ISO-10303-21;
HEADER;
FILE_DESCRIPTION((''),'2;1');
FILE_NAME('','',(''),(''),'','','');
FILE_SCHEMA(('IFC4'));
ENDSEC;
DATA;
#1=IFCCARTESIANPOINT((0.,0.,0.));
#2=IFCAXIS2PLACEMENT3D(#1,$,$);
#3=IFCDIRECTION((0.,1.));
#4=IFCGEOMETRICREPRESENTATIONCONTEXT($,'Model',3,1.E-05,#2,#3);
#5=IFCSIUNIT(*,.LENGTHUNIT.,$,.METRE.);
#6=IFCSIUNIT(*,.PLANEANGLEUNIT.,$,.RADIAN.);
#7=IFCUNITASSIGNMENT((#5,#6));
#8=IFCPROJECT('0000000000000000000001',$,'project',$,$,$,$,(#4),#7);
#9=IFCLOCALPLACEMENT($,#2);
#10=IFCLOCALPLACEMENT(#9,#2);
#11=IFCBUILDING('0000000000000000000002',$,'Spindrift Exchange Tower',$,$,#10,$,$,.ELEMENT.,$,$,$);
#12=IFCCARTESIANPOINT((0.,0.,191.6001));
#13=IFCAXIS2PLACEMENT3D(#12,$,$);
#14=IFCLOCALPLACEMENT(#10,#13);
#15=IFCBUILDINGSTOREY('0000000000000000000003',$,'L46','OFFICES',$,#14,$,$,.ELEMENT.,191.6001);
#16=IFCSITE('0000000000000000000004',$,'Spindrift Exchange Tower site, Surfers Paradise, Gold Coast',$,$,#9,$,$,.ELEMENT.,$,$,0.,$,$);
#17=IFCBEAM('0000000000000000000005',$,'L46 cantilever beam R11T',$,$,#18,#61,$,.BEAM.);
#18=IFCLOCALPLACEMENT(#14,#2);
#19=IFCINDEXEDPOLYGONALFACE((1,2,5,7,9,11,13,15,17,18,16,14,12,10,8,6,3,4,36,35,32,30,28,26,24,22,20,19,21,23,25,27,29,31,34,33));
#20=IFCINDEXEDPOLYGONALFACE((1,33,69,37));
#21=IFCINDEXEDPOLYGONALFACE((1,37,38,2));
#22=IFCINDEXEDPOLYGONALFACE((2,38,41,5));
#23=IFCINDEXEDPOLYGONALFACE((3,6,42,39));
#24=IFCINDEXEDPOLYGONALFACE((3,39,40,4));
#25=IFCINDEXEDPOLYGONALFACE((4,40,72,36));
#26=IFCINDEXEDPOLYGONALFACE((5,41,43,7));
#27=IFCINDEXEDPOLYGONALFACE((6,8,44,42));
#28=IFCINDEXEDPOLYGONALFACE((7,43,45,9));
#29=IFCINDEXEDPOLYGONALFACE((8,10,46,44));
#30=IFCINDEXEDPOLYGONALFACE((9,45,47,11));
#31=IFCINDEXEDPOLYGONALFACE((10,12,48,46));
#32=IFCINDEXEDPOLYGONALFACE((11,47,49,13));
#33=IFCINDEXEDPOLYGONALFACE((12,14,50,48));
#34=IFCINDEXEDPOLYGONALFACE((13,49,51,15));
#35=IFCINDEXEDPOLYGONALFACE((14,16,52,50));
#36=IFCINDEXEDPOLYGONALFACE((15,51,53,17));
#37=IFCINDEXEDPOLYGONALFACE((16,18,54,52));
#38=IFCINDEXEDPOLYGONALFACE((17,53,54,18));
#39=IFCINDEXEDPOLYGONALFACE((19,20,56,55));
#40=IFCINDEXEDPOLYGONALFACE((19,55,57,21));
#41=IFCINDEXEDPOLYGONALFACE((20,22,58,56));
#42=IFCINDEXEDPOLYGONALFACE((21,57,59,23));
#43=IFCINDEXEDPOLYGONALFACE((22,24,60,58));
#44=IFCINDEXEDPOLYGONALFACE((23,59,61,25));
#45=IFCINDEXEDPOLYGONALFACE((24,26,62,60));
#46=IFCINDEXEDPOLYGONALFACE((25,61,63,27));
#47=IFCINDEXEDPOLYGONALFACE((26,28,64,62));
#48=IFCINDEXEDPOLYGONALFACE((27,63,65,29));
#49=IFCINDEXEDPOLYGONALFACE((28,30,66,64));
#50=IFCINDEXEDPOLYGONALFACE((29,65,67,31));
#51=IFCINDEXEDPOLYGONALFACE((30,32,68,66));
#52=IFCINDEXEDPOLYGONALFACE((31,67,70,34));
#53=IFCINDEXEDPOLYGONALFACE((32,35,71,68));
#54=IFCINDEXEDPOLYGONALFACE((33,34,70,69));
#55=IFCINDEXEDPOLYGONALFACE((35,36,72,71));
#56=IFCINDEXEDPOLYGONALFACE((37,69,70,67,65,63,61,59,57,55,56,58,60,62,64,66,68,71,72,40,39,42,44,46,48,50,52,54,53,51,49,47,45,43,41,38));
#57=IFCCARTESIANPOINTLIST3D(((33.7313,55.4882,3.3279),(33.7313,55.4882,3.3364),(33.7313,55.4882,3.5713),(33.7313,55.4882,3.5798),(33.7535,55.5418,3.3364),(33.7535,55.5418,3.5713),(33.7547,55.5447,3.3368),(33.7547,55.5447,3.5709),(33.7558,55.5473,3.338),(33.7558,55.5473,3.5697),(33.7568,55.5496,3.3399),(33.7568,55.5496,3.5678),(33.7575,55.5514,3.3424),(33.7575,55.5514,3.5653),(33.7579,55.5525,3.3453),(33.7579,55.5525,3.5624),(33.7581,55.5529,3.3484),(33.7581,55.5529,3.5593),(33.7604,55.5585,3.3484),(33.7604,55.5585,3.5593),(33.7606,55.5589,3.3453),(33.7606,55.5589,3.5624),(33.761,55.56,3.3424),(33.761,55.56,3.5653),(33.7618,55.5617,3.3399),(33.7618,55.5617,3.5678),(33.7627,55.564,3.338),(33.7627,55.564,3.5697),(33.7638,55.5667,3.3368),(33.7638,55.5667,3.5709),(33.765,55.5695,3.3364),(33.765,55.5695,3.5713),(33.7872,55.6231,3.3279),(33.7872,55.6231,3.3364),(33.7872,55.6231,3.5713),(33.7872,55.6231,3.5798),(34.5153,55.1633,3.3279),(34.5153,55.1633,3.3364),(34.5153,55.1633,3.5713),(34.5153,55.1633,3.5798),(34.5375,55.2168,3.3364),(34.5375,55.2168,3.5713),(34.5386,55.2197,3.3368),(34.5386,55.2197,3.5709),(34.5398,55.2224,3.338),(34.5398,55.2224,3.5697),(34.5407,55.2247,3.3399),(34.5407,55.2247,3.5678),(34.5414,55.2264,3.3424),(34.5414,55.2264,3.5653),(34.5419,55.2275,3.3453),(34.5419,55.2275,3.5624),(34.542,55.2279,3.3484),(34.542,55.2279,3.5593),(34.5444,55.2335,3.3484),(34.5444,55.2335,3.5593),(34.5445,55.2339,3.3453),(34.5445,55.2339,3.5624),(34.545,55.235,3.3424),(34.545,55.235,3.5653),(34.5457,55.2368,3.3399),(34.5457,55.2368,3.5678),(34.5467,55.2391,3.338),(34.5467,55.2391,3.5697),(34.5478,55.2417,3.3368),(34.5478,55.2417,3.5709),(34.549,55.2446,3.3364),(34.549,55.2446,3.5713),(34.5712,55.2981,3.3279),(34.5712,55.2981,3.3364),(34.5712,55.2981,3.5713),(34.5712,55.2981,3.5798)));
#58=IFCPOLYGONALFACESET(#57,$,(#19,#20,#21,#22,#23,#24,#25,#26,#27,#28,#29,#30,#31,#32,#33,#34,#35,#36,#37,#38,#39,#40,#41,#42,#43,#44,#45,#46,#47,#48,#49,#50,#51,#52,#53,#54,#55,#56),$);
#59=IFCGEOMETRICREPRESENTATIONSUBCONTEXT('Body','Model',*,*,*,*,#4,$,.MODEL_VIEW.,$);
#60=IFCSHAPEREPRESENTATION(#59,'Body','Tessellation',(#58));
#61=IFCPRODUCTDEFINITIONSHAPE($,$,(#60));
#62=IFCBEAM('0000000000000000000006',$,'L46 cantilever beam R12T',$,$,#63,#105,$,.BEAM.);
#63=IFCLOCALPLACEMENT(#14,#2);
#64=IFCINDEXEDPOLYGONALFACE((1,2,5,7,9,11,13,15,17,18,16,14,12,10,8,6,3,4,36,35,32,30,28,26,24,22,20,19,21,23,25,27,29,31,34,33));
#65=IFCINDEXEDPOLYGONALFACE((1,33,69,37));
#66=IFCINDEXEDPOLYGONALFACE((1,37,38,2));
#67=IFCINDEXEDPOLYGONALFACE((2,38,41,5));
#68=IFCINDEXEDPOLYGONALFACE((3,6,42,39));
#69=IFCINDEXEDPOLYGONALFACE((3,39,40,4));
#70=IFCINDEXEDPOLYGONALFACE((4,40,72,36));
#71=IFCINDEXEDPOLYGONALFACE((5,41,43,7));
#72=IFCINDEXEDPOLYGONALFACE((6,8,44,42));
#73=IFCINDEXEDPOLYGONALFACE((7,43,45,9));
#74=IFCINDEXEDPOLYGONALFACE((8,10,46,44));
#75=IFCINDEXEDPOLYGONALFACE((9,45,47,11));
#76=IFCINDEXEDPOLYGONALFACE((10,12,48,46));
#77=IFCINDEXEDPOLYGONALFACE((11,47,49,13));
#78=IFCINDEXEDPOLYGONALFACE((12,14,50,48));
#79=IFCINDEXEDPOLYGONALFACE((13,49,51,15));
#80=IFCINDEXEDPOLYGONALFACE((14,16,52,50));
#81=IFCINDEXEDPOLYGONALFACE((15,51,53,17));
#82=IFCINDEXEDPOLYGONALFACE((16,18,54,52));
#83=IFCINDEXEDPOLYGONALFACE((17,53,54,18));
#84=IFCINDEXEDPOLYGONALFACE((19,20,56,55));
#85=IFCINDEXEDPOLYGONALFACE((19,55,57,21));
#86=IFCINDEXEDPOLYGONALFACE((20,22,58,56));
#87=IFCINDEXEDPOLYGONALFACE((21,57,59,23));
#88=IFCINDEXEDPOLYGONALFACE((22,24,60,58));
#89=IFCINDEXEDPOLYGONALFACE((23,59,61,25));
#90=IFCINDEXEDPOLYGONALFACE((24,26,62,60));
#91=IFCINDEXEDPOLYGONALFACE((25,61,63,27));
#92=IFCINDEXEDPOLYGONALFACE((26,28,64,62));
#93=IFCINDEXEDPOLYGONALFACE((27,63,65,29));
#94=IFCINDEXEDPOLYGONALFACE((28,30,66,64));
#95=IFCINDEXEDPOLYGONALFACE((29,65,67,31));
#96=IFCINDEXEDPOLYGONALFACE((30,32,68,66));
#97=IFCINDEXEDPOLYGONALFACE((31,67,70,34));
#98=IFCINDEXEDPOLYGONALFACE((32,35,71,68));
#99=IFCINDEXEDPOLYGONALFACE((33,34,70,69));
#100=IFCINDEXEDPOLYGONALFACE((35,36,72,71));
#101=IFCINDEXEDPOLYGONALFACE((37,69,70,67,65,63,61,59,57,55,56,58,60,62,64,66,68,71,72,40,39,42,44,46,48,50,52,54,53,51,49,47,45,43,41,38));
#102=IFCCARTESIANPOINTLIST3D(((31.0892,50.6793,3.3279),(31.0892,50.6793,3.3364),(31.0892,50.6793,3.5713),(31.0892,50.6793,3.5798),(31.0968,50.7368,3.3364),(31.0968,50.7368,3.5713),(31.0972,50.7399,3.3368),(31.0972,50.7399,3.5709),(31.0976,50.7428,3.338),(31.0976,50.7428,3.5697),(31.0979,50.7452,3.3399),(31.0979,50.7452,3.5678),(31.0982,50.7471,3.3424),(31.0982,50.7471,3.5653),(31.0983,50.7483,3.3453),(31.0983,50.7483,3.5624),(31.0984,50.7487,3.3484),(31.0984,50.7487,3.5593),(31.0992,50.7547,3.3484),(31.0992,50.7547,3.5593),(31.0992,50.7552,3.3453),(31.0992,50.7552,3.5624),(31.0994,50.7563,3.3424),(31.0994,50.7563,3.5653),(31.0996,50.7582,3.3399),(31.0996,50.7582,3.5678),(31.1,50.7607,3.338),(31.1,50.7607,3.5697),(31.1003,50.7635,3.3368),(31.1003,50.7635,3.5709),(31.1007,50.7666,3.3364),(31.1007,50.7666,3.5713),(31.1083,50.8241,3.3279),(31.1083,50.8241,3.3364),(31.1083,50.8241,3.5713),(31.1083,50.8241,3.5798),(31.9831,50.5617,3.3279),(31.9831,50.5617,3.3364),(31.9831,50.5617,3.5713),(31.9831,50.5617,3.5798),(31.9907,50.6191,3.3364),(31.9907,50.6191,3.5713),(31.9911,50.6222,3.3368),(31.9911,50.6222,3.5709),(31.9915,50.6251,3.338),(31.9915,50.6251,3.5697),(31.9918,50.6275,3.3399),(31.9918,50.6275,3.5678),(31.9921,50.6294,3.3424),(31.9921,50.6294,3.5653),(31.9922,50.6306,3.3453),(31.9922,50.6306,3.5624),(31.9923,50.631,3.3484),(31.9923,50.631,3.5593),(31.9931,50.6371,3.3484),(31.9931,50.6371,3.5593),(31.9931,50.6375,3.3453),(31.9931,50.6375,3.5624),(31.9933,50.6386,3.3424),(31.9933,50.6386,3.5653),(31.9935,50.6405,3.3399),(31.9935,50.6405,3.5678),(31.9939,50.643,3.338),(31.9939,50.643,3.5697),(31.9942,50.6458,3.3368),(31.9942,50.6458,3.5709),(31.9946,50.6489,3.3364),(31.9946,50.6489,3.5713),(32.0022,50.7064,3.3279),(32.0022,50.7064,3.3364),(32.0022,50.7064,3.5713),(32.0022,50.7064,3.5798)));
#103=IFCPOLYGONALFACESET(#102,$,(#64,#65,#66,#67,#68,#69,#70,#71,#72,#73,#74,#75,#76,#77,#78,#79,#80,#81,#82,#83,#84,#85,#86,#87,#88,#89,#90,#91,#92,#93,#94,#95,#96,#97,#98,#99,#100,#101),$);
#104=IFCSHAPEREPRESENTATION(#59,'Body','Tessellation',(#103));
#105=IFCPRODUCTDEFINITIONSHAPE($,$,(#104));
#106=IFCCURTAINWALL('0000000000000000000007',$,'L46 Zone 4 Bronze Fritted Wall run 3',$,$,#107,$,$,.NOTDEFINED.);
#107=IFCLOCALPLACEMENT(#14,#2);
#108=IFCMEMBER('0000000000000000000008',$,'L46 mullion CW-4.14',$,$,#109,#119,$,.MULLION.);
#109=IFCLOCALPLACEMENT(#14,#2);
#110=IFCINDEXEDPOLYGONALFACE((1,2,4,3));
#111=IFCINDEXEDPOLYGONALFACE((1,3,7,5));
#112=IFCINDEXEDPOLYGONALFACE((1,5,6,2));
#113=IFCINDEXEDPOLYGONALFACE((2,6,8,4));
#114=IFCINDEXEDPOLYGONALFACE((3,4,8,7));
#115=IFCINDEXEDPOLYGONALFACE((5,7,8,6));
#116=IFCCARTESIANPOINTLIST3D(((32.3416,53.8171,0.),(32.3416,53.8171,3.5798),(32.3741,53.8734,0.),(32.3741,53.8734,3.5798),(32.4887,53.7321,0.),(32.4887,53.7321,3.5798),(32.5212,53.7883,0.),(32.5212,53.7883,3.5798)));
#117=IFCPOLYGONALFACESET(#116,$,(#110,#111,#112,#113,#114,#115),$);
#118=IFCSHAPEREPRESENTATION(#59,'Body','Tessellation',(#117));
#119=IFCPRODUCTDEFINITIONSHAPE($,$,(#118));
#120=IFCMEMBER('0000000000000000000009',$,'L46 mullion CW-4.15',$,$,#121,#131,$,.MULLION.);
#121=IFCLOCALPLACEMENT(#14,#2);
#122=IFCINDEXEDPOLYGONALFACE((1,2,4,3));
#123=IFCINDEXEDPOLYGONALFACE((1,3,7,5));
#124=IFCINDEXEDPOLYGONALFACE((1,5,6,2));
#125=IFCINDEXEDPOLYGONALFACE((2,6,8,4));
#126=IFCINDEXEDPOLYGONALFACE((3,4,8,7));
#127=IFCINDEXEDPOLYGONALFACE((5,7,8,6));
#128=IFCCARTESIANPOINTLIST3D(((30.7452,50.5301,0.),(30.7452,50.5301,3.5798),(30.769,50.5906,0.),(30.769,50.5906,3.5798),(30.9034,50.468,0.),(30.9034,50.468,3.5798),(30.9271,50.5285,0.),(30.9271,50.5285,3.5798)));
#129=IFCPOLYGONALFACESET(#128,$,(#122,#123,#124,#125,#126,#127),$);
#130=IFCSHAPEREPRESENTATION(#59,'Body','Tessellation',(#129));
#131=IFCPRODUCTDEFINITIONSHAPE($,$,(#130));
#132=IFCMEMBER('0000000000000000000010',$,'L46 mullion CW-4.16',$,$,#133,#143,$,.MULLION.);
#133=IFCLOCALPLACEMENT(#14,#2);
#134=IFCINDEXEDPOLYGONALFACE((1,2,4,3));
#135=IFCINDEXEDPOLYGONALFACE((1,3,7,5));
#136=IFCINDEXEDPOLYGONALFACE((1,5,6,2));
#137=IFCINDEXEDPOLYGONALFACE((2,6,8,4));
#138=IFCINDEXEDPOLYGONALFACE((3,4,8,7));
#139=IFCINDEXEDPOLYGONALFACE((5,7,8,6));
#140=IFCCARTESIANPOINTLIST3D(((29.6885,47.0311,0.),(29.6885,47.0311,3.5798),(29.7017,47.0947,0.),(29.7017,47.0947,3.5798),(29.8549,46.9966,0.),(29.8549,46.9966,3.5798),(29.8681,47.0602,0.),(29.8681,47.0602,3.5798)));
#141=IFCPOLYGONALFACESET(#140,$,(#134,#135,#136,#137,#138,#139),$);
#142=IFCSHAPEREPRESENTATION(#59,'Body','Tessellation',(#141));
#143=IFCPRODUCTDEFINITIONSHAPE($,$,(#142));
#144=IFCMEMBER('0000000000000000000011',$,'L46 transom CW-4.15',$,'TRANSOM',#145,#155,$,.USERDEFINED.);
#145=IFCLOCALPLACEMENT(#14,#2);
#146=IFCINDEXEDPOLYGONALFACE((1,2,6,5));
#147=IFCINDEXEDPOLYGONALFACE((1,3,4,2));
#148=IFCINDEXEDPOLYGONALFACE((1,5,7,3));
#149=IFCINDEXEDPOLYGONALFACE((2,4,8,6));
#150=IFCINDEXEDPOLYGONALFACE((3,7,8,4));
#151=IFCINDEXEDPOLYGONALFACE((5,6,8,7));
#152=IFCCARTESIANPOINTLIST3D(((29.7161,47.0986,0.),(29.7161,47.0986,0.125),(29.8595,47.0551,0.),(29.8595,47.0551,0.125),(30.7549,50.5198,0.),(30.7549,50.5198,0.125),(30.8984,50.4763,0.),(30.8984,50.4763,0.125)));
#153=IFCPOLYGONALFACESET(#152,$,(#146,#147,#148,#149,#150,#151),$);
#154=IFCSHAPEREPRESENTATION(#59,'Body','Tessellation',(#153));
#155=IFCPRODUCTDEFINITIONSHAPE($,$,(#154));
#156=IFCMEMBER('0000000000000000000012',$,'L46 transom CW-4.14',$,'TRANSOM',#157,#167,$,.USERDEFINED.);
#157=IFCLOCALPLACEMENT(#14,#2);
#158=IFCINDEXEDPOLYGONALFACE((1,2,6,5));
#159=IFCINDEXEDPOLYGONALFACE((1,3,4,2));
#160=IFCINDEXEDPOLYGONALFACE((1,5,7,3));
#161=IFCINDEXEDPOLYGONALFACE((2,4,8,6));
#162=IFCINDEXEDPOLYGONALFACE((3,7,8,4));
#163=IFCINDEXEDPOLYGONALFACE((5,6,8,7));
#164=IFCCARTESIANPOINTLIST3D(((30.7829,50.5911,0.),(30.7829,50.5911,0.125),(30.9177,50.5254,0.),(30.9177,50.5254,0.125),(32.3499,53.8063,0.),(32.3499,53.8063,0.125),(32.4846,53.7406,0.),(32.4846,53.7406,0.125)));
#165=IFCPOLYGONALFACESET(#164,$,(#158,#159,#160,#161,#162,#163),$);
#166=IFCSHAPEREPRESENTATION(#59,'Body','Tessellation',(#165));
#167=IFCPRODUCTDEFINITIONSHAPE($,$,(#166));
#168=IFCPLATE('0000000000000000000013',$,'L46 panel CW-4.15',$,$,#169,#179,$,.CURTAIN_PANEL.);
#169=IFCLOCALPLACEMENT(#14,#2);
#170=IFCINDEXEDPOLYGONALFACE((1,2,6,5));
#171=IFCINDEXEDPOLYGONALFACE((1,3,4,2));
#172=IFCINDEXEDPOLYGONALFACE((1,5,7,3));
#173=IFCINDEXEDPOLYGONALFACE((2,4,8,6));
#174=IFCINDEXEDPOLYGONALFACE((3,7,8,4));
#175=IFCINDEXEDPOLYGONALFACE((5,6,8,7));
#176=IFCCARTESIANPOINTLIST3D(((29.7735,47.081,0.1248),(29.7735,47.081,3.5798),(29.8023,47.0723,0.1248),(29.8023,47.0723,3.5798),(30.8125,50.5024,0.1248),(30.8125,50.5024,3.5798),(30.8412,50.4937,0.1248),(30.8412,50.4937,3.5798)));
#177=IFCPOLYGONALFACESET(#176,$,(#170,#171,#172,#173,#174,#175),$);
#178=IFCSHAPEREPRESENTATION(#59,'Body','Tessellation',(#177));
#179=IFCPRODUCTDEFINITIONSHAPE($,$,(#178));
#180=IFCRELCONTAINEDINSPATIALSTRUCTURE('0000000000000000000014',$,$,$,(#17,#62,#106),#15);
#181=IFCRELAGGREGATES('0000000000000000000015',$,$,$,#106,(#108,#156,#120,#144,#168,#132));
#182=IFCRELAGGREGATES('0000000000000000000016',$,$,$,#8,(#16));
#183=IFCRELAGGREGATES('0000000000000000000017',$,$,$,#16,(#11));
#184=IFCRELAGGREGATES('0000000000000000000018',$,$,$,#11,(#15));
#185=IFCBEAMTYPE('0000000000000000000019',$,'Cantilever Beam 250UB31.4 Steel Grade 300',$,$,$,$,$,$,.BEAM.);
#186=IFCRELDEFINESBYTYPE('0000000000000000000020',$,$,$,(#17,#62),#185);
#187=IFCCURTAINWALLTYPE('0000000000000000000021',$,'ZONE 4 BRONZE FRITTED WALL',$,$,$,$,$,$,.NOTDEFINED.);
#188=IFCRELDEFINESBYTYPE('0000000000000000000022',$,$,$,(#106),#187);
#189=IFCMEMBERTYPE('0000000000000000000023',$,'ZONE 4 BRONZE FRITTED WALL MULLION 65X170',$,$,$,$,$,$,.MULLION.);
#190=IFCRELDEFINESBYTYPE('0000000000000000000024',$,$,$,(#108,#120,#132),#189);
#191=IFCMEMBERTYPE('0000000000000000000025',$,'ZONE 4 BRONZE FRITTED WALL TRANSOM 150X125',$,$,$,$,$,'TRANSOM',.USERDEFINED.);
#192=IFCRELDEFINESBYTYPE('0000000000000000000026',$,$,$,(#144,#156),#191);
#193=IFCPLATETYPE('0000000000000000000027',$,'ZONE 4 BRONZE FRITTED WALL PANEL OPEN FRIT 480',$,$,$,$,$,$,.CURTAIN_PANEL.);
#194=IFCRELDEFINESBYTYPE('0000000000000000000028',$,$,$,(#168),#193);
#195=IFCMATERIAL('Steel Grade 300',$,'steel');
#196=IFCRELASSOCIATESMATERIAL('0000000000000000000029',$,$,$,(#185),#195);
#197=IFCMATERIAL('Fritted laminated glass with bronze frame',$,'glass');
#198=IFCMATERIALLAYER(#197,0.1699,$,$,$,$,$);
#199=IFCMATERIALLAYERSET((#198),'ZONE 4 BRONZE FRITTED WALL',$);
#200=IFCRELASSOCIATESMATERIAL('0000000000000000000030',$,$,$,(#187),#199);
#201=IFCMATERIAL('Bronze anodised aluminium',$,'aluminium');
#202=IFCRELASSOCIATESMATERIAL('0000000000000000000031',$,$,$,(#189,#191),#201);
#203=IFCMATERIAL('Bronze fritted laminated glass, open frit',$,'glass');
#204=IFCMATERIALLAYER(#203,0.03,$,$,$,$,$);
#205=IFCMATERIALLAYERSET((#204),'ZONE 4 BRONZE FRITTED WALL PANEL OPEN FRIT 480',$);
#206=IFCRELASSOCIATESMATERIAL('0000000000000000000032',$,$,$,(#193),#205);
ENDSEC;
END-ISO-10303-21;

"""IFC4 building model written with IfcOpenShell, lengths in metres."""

from ifc_helpers import new_model, si_unit, direction, frame, origin, origin_2d, place, context, subcontext, project, spatial, rectangle, i_section, extrude, source, transform, mapped, material, layer, layer_set, material_profile, profile_set, type_object, element, aggregate, save


model = new_model("IFC4")

# Units and contexts
model_context = context("Model", 3, precision=1e-05, world=origin(), true_north=direction((0.0, 1.0)))
body_context = subcontext(model_context, "Body", "Model", "MODEL_VIEW")
ifc_project = project(units=[si_unit("LENGTHUNIT", "METRE"), si_unit("PLANEANGLEUNIT", "RADIAN")], contexts=[model_context])

# Site, building, storey
site_placement = place(None, origin())
site = spatial("IfcSite", under=ifc_project, at=site_placement, Name="Spindrift Exchange Tower site, Surfers Paradise, Gold Coast", CompositionType="ELEMENT", RefElevation=0.0)
building_placement = place(site_placement, origin())
building = spatial("IfcBuilding", under=site, at=building_placement, Name="Spindrift Exchange Tower", CompositionType="ELEMENT")
storey_placement = place(building_placement, frame((0.0, 0.0, 191.6001)))
storey = spatial("IfcBuildingStorey", under=building, at=storey_placement, Name="L46", Description="OFFICES", CompositionType="ELEMENT", Elevation=191.6001)

# Beams
ifc_material_1 = material(Name="Steel Grade 300", Category="steel")
ifc_material_profile_1 = material_profile(ifc_material_1, i_section(OverallWidth=0.146, OverallDepth=0.252, WebThickness=0.0061, FlangeThickness=0.0085, FilletRadius=0.012, at=origin_2d()), Name="250UB31.4")
ifc_profile_set_1 = profile_set([ifc_material_profile_1], Name="Steel Grade 300")
beam_type_1 = type_object("IfcBeamType", Name="Cantilever Beam 250UB31.4 Steel Grade 300", PredefinedType="BEAM", material=ifc_profile_set_1)
shared_shape_1 = source(origin(), body_context, "Body", "SweptSolid", [
    extrude(i_section(OverallWidth=0.146, OverallDepth=0.252, WebThickness=0.0061, FlangeThickness=0.0085, FilletRadius=0.012, at=origin_2d()), origin(), (0.0, 0.0, 1.0), 0.8486),
])
beam_1_placement = place(storey_placement, frame((34.5432, 55.2307, 3.4539), z_axis=(-0.923782, 0.382919, 0.0), x_axis=(-0.382919, -0.923782, 0.0)))
element("IfcBeam", 1, at=beam_1_placement, inside=storey, type_object=beam_type_1, Name="L46 cantilever beam R11T", PredefinedType="BEAM", context=body_context, shape_type="MappedRepresentation", body=[
    mapped(shared_shape_1, transform((0.0, 0.0, 0.0), scale=1.0)),
])
shared_shape_2 = source(origin(), body_context, "Body", "SweptSolid", [
    extrude(i_section(OverallWidth=0.146, OverallDepth=0.252, WebThickness=0.0061, FlangeThickness=0.0085, FilletRadius=0.012, at=origin_2d()), origin(), (0.0, 0.0, 1.0), 0.9016),
])
beam_2_placement = place(storey_placement, frame((31.9927, 50.634, 3.4539), z_axis=(-0.991444, 0.130532, 0.0), x_axis=(-0.130532, -0.991444, 0.0)))
element("IfcBeam", 2, at=beam_2_placement, inside=storey, type_object=beam_type_1, Name="L46 cantilever beam R12T", PredefinedType="BEAM", context=body_context, shape_type="MappedRepresentation", body=[
    mapped(shared_shape_2, transform((0.0, 0.0, 0.0), scale=1.0)),
])

# Curtain wall, members, plate
ifc_material_2 = material(Name="Fritted laminated glass with bronze frame", Category="glass")
ifc_layer_1 = layer(ifc_material_2, 0.1699)
ifc_layer_set_1 = layer_set([ifc_layer_1], Name="ZONE 4 BRONZE FRITTED WALL")
curtain_wall_type = type_object("IfcCurtainWallType", Name="ZONE 4 BRONZE FRITTED WALL", PredefinedType="NOTDEFINED", material=ifc_layer_set_1)
curtain_wall_placement = place(storey_placement, origin())
curtain_wall = element("IfcCurtainWall", 3, at=curtain_wall_placement, inside=storey, type_object=curtain_wall_type, Name="L46 Zone 4 Bronze Fritted Wall run 3", PredefinedType="NOTDEFINED")
ifc_material_3 = material(Name="Bronze anodised aluminium", Category="aluminium")
ifc_material_profile_2 = material_profile(ifc_material_3, rectangle(XDim=0.0649, YDim=0.1699, at=origin_2d()), Name="ZONE 4 BRONZE FRITTED WALL MULLION 65X170")
ifc_profile_set_2 = profile_set([ifc_material_profile_2], Name="Bronze anodised aluminium")
member_type_1 = type_object("IfcMemberType", Name="ZONE 4 BRONZE FRITTED WALL MULLION 65X170", PredefinedType="MULLION", material=ifc_profile_set_2)
shared_shape_3 = source(origin(), body_context, "Body", "SweptSolid", [
    extrude(rectangle(XDim=0.0649, YDim=0.1699, at=origin_2d()), origin(), (0.0, 0.0, 1.0), 3.5798),
])
member_1_placement = place(storey_placement, frame((32.4314, 53.8027, 0.0), z_axis=(0.0, 0.0, 1.0), x_axis=(-0.500486, -0.865744, 0.0)))
member_1 = element("IfcMember", 4, at=member_1_placement, type_object=member_type_1, Name="L46 mullion CW-4.14", PredefinedType="MULLION", context=body_context, shape_type="MappedRepresentation", body=[
    mapped(shared_shape_3, transform((0.0, 0.0, 0.0), scale=1.0)),
])
member_2_placement = place(storey_placement, frame((30.8362, 50.5293, 0.0), z_axis=(0.0, 0.0, 1.0), x_axis=(-0.36546, -0.930827, 0.0)))
member_2 = element("IfcMember", 5, at=member_2_placement, type_object=member_type_1, Name="L46 mullion CW-4.15", PredefinedType="MULLION", context=body_context, shape_type="MappedRepresentation", body=[
    mapped(shared_shape_3, transform((0.0, 0.0, 0.0), scale=1.0)),
])
member_3_placement = place(storey_placement, frame((29.7783, 47.0457, 0.0), z_axis=(0.0, 0.0, 1.0), x_axis=(-0.202813, -0.979217, 0.0)))
member_3 = element("IfcMember", 6, at=member_3_placement, type_object=member_type_1, Name="L46 mullion CW-4.16", PredefinedType="MULLION", context=body_context, shape_type="MappedRepresentation", body=[
    mapped(shared_shape_3, transform((0.0, 0.0, 0.0), scale=1.0)),
])
ifc_material_profile_3 = material_profile(ifc_material_3, rectangle(XDim=0.1499, YDim=0.125, at=origin_2d()), Name="ZONE 4 BRONZE FRITTED WALL TRANSOM 150X125")
ifc_profile_set_3 = profile_set([ifc_material_profile_3], Name="Bronze anodised aluminium")
member_type_2 = type_object("IfcMemberType", Name="ZONE 4 BRONZE FRITTED WALL TRANSOM 150X125", ElementType="TRANSOM", PredefinedType="USERDEFINED", material=ifc_profile_set_3)
shared_shape_4 = source(origin(), body_context, "Body", "SweptSolid", [
    extrude(rectangle(XDim=0.1499, YDim=0.125, at=origin_2d()), origin(), (0.0, 0.0, 1.0), 3.5754),
])
member_4_placement = place(storey_placement, frame((30.8267, 50.498, 0.0625), z_axis=(-0.290547, -0.956861, 0.0), x_axis=(0.956861, -0.290547, 0.0)))
member_4 = element("IfcMember", 7, at=member_4_placement, type_object=member_type_2, Name="L46 transom CW-4.15", ObjectType="TRANSOM", PredefinedType="USERDEFINED", context=body_context, shape_type="MappedRepresentation", body=[
    mapped(shared_shape_4, transform((0.0, 0.0, 0.0), scale=1.0)),
])
shared_shape_5 = source(origin(), body_context, "Body", "SweptSolid", [
    extrude(rectangle(XDim=0.1499, YDim=0.125, at=origin_2d()), origin(), (0.0, 0.0, 1.0), 3.5767),
])
member_5_placement = place(storey_placement, frame((32.4172, 53.7734, 0.0625), z_axis=(-0.438098, -0.898927, 0.0), x_axis=(0.898927, -0.438098, 0.0)))
member_5 = element("IfcMember", 8, at=member_5_placement, type_object=member_type_2, Name="L46 transom CW-4.14", ObjectType="TRANSOM", PredefinedType="USERDEFINED", context=body_context, shape_type="MappedRepresentation", body=[
    mapped(shared_shape_5, transform((0.0, 0.0, 0.0), scale=1.0)),
])
ifc_material_4 = material(Name="Bronze fritted laminated glass, open frit", Category="glass")
ifc_layer_2 = layer(ifc_material_4, 0.03)
ifc_layer_set_2 = layer_set([ifc_layer_2], Name="ZONE 4 BRONZE FRITTED WALL PANEL OPEN FRIT 480")
plate_type_1 = type_object("IfcPlateType", Name="ZONE 4 BRONZE FRITTED WALL PANEL OPEN FRIT 480", PredefinedType="CURTAIN_PANEL", material=ifc_layer_set_2)
shared_shape_6 = source(origin(), body_context, "Body", "SweptSolid", [
    extrude(rectangle(XDim=3.5757, YDim=0.03, at=origin_2d()), origin(), (0.0, 0.0, 1.0), 3.4551),
])
plate_1_placement = place(storey_placement, frame((30.3074, 48.7874, 0.1248), z_axis=(0.0, 0.0, 1.0), x_axis=(-0.290559, -0.956857, 0.0)))
plate_1 = element("IfcPlate", 9, at=plate_1_placement, type_object=plate_type_1, Name="L46 panel CW-4.15", PredefinedType="CURTAIN_PANEL", context=body_context, shape_type="MappedRepresentation", body=[
    mapped(shared_shape_6, transform((0.0, 0.0, 0.0), scale=1.0)),
])
aggregate(curtain_wall, [member_1, member_5, member_2, member_4, plate_1, member_3])

save(model, "model.ifc")
